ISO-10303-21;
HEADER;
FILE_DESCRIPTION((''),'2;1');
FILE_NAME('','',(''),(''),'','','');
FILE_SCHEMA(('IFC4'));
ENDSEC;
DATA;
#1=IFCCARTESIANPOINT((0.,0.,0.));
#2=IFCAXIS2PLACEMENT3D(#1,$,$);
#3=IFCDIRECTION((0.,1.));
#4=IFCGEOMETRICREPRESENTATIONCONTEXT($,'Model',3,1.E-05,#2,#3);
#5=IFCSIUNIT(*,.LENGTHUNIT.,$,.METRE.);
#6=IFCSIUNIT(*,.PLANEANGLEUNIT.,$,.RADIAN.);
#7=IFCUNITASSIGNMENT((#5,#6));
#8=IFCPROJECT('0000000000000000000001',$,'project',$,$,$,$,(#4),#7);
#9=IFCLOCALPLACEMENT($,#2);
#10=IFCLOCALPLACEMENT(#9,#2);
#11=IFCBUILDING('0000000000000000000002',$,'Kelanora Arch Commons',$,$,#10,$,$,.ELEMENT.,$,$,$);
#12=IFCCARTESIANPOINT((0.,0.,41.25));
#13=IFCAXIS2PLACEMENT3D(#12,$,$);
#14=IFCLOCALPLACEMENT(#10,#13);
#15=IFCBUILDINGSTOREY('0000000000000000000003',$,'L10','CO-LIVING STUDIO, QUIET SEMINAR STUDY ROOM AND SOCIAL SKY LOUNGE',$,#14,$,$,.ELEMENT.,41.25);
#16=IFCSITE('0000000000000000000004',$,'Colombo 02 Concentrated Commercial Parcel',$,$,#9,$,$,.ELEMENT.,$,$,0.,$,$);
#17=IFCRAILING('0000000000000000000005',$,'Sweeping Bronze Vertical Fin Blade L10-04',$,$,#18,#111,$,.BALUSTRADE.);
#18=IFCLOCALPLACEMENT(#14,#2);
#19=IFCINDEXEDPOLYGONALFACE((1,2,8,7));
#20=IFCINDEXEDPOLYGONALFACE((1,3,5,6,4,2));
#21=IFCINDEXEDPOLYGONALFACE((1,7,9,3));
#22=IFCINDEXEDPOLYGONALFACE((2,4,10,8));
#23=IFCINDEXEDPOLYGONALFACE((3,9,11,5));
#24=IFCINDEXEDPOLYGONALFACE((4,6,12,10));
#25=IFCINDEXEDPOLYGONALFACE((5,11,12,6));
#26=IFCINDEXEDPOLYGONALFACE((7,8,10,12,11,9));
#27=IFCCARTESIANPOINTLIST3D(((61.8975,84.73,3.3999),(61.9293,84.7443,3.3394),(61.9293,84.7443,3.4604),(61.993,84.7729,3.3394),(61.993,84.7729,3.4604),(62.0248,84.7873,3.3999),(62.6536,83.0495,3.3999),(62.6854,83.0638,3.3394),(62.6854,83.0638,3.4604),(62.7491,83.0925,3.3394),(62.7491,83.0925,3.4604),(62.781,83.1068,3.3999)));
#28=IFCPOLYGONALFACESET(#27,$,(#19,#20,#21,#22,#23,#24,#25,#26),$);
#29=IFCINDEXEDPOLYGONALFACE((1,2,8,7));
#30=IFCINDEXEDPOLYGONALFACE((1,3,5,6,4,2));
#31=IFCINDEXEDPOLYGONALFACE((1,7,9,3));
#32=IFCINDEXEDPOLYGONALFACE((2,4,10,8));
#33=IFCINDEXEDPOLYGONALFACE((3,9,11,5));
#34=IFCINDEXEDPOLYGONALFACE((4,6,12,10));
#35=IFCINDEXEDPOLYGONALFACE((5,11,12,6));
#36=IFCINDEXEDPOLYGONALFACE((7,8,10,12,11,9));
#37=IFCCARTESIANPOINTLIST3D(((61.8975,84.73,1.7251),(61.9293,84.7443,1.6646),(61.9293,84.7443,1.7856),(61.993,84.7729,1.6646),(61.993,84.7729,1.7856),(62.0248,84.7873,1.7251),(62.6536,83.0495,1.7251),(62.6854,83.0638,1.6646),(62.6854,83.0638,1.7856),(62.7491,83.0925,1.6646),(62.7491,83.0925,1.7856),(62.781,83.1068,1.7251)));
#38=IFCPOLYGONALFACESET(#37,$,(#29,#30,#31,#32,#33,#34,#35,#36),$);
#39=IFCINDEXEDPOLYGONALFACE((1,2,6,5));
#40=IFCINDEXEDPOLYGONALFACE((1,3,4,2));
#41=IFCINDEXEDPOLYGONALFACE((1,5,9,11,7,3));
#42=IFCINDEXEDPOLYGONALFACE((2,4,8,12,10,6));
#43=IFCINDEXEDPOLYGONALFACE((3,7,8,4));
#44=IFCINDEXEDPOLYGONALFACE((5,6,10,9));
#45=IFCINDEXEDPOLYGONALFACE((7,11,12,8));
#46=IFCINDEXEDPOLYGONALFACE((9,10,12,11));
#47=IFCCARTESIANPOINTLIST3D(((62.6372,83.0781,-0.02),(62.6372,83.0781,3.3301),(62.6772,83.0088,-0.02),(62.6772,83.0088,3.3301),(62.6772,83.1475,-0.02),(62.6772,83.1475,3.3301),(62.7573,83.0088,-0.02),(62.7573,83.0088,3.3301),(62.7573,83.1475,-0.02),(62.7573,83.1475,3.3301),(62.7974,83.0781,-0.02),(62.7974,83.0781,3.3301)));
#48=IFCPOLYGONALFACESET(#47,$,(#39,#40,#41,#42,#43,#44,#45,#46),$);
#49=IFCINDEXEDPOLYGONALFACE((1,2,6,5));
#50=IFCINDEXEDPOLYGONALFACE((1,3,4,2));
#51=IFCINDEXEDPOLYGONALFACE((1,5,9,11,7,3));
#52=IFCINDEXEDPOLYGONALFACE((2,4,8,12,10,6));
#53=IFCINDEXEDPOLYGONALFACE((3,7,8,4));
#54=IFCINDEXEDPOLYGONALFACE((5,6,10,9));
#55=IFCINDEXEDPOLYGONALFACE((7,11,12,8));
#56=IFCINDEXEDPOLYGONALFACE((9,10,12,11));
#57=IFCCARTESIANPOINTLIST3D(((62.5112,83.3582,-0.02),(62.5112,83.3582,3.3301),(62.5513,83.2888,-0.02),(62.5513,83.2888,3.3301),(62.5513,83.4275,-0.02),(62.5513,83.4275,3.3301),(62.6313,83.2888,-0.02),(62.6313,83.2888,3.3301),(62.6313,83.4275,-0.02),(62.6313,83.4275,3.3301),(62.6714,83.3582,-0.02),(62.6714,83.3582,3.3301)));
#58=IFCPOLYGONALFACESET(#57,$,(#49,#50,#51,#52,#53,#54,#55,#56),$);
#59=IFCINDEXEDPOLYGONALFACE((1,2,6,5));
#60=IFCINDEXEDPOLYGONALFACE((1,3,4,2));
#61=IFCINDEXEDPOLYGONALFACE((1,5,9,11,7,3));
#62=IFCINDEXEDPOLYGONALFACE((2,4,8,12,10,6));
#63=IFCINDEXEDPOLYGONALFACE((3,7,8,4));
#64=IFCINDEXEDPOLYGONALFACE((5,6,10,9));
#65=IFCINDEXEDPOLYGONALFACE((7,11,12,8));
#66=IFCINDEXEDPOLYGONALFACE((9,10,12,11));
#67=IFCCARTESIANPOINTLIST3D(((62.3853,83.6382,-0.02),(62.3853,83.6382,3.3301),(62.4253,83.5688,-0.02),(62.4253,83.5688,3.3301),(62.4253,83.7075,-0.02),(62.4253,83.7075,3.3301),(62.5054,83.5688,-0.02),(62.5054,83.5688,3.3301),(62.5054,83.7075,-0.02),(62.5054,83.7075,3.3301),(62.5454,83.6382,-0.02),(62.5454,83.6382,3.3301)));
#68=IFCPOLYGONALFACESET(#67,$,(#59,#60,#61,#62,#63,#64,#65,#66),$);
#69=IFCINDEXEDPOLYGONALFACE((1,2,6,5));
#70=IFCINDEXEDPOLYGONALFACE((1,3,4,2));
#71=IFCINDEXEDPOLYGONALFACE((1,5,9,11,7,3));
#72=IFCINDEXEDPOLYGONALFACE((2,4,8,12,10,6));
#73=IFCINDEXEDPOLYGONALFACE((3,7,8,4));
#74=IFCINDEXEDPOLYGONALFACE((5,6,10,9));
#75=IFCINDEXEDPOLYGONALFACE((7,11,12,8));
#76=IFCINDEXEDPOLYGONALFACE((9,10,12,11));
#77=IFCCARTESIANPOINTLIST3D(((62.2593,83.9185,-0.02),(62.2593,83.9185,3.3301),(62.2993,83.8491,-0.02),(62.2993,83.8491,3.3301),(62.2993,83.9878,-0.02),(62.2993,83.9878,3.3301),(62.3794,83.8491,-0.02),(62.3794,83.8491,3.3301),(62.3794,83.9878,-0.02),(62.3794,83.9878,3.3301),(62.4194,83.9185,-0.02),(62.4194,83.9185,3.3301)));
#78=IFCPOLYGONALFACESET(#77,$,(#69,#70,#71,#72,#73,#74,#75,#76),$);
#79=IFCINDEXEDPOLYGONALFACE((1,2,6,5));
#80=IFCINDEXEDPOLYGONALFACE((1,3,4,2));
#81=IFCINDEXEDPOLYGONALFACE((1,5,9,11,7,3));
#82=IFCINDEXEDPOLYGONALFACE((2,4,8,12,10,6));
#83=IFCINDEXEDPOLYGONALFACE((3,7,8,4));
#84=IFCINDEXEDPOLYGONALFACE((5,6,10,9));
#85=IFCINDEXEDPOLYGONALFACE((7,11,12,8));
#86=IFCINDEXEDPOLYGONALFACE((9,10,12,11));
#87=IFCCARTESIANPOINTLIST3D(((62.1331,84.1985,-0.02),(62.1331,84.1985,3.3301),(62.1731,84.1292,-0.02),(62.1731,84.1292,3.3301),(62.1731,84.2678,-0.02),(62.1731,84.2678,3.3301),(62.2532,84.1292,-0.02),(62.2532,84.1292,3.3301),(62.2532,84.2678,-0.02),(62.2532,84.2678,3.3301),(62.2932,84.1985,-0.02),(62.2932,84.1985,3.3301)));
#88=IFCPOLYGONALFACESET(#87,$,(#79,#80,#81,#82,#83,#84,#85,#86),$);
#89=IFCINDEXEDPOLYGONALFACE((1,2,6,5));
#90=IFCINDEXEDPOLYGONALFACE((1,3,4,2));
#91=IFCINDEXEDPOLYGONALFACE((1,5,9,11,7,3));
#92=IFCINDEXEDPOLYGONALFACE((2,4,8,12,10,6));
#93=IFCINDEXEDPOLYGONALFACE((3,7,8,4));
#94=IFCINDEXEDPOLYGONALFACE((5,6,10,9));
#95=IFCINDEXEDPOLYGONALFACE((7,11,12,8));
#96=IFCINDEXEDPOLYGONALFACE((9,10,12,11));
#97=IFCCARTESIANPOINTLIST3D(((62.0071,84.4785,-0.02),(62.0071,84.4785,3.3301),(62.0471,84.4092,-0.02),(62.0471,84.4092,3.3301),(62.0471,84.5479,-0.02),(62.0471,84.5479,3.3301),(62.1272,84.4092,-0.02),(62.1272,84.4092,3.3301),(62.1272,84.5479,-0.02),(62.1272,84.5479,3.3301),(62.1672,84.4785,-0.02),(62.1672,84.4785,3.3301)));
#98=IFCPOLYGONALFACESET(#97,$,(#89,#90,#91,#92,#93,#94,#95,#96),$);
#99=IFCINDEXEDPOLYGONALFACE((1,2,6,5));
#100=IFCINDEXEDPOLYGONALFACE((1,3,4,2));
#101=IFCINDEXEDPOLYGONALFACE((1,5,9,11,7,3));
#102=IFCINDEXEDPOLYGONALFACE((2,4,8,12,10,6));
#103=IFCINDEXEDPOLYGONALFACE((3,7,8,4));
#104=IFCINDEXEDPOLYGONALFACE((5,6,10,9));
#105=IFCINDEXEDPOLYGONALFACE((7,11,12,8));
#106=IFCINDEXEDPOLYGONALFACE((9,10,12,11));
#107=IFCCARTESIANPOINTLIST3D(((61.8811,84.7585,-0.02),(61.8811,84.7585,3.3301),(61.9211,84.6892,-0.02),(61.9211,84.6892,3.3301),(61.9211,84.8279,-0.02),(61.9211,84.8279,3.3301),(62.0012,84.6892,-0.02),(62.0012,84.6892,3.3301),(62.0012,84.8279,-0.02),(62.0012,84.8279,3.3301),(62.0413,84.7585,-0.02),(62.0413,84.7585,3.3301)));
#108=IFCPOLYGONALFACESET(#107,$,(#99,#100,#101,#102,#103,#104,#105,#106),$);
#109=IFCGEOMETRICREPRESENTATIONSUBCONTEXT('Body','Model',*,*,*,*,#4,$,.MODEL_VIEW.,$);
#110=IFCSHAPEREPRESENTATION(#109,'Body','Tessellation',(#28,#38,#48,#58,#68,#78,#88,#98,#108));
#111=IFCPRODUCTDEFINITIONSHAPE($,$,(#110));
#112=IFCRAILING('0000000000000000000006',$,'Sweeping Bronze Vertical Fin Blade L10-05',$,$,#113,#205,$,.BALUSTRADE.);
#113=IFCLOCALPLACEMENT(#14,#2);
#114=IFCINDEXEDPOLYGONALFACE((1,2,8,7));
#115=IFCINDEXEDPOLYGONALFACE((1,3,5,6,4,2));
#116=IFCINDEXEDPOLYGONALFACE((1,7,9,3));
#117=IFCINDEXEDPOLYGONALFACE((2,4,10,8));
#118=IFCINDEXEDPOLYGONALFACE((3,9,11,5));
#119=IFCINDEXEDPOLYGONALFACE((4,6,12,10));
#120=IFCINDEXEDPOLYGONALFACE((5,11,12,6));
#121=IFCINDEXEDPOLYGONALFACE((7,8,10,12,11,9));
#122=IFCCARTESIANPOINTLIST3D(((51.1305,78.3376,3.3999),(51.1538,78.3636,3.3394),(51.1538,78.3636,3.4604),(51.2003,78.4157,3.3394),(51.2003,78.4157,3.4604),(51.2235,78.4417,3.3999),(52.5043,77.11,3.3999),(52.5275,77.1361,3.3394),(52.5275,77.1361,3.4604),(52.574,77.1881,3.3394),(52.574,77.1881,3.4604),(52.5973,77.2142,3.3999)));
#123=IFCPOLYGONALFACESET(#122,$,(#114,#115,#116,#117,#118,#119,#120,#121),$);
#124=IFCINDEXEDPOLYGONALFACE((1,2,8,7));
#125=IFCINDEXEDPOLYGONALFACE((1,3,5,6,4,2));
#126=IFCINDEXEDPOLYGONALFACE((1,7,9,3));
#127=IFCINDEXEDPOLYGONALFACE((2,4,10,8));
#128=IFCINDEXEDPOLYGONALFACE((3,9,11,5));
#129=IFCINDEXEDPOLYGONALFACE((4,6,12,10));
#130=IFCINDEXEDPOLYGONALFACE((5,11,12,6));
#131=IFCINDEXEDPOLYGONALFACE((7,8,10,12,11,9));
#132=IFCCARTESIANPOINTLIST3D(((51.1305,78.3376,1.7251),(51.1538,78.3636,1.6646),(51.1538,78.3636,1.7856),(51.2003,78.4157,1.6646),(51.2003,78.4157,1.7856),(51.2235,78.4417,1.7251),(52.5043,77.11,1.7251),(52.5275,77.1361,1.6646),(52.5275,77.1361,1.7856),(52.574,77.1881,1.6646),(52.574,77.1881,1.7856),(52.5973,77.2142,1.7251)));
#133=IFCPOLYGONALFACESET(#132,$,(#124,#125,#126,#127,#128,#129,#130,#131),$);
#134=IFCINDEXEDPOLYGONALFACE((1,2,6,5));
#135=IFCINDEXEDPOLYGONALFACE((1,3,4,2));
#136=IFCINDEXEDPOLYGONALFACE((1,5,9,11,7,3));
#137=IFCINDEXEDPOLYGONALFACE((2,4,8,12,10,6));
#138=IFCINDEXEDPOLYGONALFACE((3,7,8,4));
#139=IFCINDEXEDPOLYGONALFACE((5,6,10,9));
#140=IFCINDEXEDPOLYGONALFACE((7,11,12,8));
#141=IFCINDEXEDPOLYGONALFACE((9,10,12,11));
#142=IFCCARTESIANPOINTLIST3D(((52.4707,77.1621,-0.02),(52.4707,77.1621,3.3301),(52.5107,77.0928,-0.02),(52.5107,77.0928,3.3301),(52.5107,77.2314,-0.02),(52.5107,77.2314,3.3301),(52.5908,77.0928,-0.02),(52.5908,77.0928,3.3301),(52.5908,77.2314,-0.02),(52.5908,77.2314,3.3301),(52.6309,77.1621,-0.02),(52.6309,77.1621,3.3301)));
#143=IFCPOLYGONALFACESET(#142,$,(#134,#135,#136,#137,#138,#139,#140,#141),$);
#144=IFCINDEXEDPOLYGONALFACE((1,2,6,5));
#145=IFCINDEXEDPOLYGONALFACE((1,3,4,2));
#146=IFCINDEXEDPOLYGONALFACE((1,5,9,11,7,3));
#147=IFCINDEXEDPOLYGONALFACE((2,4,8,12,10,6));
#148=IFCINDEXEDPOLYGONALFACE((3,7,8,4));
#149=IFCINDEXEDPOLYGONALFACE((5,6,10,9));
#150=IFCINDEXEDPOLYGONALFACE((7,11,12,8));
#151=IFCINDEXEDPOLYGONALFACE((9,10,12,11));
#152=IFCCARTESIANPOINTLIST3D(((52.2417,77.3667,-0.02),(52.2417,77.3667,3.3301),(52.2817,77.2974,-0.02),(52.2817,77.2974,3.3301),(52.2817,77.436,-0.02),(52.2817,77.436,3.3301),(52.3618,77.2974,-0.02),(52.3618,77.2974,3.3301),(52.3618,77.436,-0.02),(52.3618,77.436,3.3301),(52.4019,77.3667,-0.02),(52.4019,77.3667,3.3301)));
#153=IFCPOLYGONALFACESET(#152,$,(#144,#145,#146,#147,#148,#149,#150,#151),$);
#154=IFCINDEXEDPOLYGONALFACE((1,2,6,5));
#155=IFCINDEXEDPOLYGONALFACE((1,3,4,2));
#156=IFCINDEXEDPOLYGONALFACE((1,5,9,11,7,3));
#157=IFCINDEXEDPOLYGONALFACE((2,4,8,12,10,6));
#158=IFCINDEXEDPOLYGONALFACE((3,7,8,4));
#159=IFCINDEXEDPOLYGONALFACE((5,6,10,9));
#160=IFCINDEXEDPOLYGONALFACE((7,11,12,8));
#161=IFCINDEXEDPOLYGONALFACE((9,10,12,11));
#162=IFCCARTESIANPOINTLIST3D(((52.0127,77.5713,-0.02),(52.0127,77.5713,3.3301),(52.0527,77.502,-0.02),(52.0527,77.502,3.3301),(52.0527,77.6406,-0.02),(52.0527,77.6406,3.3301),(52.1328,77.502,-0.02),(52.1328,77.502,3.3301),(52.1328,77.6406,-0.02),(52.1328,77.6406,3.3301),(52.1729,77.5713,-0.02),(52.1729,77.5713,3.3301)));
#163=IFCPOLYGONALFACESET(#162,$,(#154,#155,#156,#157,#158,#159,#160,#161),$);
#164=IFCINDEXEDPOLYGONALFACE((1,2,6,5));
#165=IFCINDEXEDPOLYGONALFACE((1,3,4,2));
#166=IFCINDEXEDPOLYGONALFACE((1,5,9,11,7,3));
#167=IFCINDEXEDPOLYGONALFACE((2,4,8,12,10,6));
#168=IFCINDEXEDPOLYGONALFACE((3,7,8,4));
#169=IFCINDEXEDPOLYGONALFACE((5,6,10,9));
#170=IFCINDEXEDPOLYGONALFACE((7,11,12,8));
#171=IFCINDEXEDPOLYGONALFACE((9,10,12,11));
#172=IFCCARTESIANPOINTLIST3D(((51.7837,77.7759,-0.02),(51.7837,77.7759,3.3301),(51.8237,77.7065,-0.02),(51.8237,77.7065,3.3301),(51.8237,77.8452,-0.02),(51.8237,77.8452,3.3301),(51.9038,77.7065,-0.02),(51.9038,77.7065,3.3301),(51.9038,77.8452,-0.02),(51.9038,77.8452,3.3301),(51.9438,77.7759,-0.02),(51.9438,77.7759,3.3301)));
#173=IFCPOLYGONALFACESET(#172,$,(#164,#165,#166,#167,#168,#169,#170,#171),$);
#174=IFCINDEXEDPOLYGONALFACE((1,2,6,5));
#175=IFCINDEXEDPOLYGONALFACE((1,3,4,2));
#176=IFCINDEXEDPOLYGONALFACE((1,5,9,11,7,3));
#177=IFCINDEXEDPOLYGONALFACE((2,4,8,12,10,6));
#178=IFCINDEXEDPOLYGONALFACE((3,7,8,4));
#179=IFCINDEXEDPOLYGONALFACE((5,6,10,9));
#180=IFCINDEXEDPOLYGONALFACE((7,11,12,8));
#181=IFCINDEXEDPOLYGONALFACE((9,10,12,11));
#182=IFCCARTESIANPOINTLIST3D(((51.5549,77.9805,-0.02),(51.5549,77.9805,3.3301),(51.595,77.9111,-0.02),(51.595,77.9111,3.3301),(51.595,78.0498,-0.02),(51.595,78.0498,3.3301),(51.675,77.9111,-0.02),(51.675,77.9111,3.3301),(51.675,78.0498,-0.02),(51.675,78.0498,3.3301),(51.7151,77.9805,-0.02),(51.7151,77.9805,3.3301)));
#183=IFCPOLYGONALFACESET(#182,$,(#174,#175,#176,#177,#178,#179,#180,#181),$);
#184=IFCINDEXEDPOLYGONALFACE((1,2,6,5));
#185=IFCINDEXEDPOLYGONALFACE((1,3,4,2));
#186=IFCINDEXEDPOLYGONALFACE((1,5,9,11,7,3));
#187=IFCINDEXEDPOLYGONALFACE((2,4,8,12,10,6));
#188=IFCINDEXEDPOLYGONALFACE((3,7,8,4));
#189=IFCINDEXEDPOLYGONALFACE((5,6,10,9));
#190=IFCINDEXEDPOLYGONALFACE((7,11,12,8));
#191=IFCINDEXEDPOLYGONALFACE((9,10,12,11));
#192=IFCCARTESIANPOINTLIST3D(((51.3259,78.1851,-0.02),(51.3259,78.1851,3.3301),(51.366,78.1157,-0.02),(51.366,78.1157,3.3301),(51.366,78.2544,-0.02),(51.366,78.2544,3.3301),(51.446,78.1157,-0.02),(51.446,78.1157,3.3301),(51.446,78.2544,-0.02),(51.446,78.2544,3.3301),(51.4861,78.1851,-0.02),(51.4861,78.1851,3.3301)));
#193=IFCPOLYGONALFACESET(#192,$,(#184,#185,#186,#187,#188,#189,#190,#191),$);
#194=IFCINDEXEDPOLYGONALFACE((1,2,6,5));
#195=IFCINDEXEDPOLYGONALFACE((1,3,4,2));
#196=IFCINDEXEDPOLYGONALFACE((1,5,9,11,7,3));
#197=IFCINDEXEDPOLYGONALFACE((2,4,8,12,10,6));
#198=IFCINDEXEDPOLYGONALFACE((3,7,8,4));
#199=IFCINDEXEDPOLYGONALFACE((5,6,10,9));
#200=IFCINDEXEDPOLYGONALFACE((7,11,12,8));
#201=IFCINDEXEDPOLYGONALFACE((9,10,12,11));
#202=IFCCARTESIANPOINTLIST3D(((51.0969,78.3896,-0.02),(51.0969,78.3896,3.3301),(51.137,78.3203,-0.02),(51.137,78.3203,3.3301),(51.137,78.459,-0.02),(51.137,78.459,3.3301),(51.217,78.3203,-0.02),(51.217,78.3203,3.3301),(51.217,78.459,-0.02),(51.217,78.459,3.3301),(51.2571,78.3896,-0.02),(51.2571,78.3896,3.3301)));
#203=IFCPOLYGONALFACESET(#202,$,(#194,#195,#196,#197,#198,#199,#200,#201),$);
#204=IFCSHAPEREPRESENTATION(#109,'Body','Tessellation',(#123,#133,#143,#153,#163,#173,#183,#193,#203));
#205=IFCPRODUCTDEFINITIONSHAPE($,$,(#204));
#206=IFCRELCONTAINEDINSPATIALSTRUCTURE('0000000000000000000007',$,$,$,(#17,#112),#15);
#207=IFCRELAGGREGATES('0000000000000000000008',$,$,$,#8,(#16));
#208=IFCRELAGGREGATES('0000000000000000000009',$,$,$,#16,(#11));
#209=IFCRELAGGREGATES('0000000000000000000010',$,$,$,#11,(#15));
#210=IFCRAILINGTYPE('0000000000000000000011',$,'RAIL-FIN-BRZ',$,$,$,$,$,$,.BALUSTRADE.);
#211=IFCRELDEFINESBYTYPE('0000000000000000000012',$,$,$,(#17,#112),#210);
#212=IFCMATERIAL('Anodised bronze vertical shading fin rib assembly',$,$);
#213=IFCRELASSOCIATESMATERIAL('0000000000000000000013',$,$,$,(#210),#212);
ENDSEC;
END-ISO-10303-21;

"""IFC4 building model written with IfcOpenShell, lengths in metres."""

from ifc_helpers import new_model, si_unit, direction, frame, origin, place, context, subcontext, project, spatial, polyline, outline, extrude, material, type_object, element, save


model = new_model("IFC4")

# Units and contexts
model_context = context("Model", 3, precision=1e-05, world=origin(), true_north=direction((0.0, 1.0)))
body_context = subcontext(model_context, "Body", "Model", "MODEL_VIEW")
ifc_project = project(units=[si_unit("LENGTHUNIT", "METRE"), si_unit("PLANEANGLEUNIT", "RADIAN")], contexts=[model_context])

# Site, building, storey
site_placement = place(None, origin())
site = spatial("IfcSite", under=ifc_project, at=site_placement, Name="Colombo 02 Concentrated Commercial Parcel", CompositionType="ELEMENT", RefElevation=0.0)
building_placement = place(site_placement, origin())
building = spatial("IfcBuilding", under=site, at=building_placement, Name="Kelanora Arch Commons", CompositionType="ELEMENT")
storey_placement = place(building_placement, frame((0.0, 0.0, 41.25)))
storey = spatial("IfcBuildingStorey", under=building, at=storey_placement, Name="L10", Description="CO-LIVING STUDIO, QUIET SEMINAR STUDY ROOM AND SOCIAL SKY LOUNGE", CompositionType="ELEMENT", Elevation=41.25)

# Railings
ifc_material_1 = material(Name="Anodised bronze vertical shading fin rib assembly")
railing_type = type_object("IfcRailingType", Name="RAIL-FIN-BRZ", PredefinedType="BALUSTRADE", material=ifc_material_1)
railing_1_placement = place(storey_placement, frame((62.7173, 83.0781, -0.02)))
element("IfcRailing", 1, at=railing_1_placement, inside=storey, type_object=railing_type, Name="Sweeping Bronze Vertical Fin Blade L10-04", PredefinedType="BALUSTRADE", context=body_context, shape_type="SweptSolid", body=[
    extrude(outline(polyline([(0.0698, 0.0), (0.0349, 0.0605), (-0.0349, 0.0605), (-0.0698, 0.0), (-0.0349, -0.0605), (0.0349, -0.0605), (0.0698, 0.0)])), frame((0.0, 0.0, 3.4199), z_axis=(-0.410326, 0.911939, 0.0), x_axis=(-0.911939, -0.410326, 0.0)), (0.0, 0.0, 1.0), 1.8428),
    extrude(outline(polyline([(0.0698, 0.0), (0.0349, 0.0605), (-0.0349, 0.0605), (-0.0698, 0.0), (-0.0349, -0.0605), (0.0349, -0.0605), (0.0698, 0.0)])), frame((0.0, 0.0, 1.7451), z_axis=(-0.410326, 0.911939, 0.0), x_axis=(-0.911939, -0.410326, 0.0)), (0.0, 0.0, 1.0), 1.8428),
    extrude(outline(polyline([(0.0801, 0.0), (0.04, 0.0693), (-0.04, 0.0693), (-0.0801, 0.0), (-0.04, -0.0693), (0.04, -0.0693), (0.0801, 0.0)])), origin(), (0.0, 0.0, 1.0), 3.3501),
    extrude(outline(polyline([(0.0801, 0.0), (0.04, 0.0693), (-0.04, 0.0693), (-0.0801, 0.0), (-0.04, -0.0693), (0.04, -0.0693), (0.0801, 0.0)])), frame((-0.126, 0.28, 0.0)), (0.0, 0.0, 1.0), 3.3501),
    extrude(outline(polyline([(0.0801, 0.0), (0.04, 0.0693), (-0.04, 0.0693), (-0.0801, 0.0), (-0.04, -0.0693), (0.04, -0.0693), (0.0801, 0.0)])), frame((-0.252, 0.5601, 0.0)), (0.0, 0.0, 1.0), 3.3501),
    extrude(outline(polyline([(0.0801, 0.0), (0.04, 0.0693), (-0.04, 0.0693), (-0.0801, 0.0), (-0.04, -0.0693), (0.04, -0.0693), (0.0801, 0.0)])), frame((-0.3779, 0.8403, 0.0)), (0.0, 0.0, 1.0), 3.3501),
    extrude(outline(polyline([(0.0801, 0.0), (0.04, 0.0693), (-0.04, 0.0693), (-0.0801, 0.0), (-0.04, -0.0693), (0.04, -0.0693), (0.0801, 0.0)])), frame((-0.5042, 1.1204, 0.0)), (0.0, 0.0, 1.0), 3.3501),
    extrude(outline(polyline([(0.0801, 0.0), (0.04, 0.0693), (-0.04, 0.0693), (-0.0801, 0.0), (-0.04, -0.0693), (0.04, -0.0693), (0.0801, 0.0)])), frame((-0.6301, 1.4004, 0.0)), (0.0, 0.0, 1.0), 3.3501),
    extrude(outline(polyline([(0.0801, 0.0), (0.04, 0.0693), (-0.04, 0.0693), (-0.0801, 0.0), (-0.04, -0.0693), (0.04, -0.0693), (0.0801, 0.0)])), frame((-0.7561, 1.6804, 0.0)), (0.0, 0.0, 1.0), 3.3501),
])
railing_2_placement = place(storey_placement, frame((52.5508, 77.1621, -0.02)))
element("IfcRailing", 2, at=railing_2_placement, inside=storey, type_object=railing_type, Name="Sweeping Bronze Vertical Fin Blade L10-05", PredefinedType="BALUSTRADE", context=body_context, shape_type="SweptSolid", body=[
    extrude(outline(polyline([(0.0698, 0.0), (0.0349, 0.0605), (-0.0349, 0.0605), (-0.0698, 0.0), (-0.0349, -0.0605), (0.0349, -0.0605), (0.0698, 0.0)])), frame((0.0, 0.0, 3.4199), z_axis=(-0.745681, 0.666303, 0.0), x_axis=(-0.666303, -0.745681, 0.0)), (0.0, 0.0, 1.0), 1.8423),
    extrude(outline(polyline([(0.0698, 0.0), (0.0349, 0.0605), (-0.0349, 0.0605), (-0.0698, 0.0), (-0.0349, -0.0605), (0.0349, -0.0605), (0.0698, 0.0)])), frame((0.0, 0.0, 1.7451), z_axis=(-0.745681, 0.666303, 0.0), x_axis=(-0.666303, -0.745681, 0.0)), (0.0, 0.0, 1.0), 1.8423),
    extrude(outline(polyline([(0.0801, 0.0), (0.04, 0.0693), (-0.04, 0.0693), (-0.0801, 0.0), (-0.04, -0.0693), (0.04, -0.0693), (0.0801, 0.0)])), origin(), (0.0, 0.0, 1.0), 3.3501),
    extrude(outline(polyline([(0.0801, 0.0), (0.04, 0.0693), (-0.04, 0.0693), (-0.0801, 0.0), (-0.04, -0.0693), (0.04, -0.0693), (0.0801, 0.0)])), frame((-0.229, 0.2046, 0.0)), (0.0, 0.0, 1.0), 3.3501),
    extrude(outline(polyline([(0.0801, 0.0), (0.04, 0.0693), (-0.04, 0.0693), (-0.0801, 0.0), (-0.04, -0.0693), (0.04, -0.0693), (0.0801, 0.0)])), frame((-0.458, 0.4092, 0.0)), (0.0, 0.0, 1.0), 3.3501),
    extrude(outline(polyline([(0.0801, 0.0), (0.04, 0.0693), (-0.04, 0.0693), (-0.0801, 0.0), (-0.04, -0.0693), (0.04, -0.0693), (0.0801, 0.0)])), frame((-0.687, 0.6138, 0.0)), (0.0, 0.0, 1.0), 3.3501),
    extrude(outline(polyline([(0.0801, 0.0), (0.04, 0.0693), (-0.04, 0.0693), (-0.0801, 0.0), (-0.04, -0.0693), (0.04, -0.0693), (0.0801, 0.0)])), frame((-0.9158, 0.8184, 0.0)), (0.0, 0.0, 1.0), 3.3501),
    extrude(outline(polyline([(0.0801, 0.0), (0.04, 0.0693), (-0.04, 0.0693), (-0.0801, 0.0), (-0.04, -0.0693), (0.04, -0.0693), (0.0801, 0.0)])), frame((-1.1448, 1.0229, 0.0)), (0.0, 0.0, 1.0), 3.3501),
    extrude(outline(polyline([(0.0801, 0.0), (0.04, 0.0693), (-0.04, 0.0693), (-0.0801, 0.0), (-0.04, -0.0693), (0.04, -0.0693), (0.0801, 0.0)])), frame((-1.3738, 1.2275, 0.0)), (0.0, 0.0, 1.0), 3.3501),
])

save(model, "model.ifc")
